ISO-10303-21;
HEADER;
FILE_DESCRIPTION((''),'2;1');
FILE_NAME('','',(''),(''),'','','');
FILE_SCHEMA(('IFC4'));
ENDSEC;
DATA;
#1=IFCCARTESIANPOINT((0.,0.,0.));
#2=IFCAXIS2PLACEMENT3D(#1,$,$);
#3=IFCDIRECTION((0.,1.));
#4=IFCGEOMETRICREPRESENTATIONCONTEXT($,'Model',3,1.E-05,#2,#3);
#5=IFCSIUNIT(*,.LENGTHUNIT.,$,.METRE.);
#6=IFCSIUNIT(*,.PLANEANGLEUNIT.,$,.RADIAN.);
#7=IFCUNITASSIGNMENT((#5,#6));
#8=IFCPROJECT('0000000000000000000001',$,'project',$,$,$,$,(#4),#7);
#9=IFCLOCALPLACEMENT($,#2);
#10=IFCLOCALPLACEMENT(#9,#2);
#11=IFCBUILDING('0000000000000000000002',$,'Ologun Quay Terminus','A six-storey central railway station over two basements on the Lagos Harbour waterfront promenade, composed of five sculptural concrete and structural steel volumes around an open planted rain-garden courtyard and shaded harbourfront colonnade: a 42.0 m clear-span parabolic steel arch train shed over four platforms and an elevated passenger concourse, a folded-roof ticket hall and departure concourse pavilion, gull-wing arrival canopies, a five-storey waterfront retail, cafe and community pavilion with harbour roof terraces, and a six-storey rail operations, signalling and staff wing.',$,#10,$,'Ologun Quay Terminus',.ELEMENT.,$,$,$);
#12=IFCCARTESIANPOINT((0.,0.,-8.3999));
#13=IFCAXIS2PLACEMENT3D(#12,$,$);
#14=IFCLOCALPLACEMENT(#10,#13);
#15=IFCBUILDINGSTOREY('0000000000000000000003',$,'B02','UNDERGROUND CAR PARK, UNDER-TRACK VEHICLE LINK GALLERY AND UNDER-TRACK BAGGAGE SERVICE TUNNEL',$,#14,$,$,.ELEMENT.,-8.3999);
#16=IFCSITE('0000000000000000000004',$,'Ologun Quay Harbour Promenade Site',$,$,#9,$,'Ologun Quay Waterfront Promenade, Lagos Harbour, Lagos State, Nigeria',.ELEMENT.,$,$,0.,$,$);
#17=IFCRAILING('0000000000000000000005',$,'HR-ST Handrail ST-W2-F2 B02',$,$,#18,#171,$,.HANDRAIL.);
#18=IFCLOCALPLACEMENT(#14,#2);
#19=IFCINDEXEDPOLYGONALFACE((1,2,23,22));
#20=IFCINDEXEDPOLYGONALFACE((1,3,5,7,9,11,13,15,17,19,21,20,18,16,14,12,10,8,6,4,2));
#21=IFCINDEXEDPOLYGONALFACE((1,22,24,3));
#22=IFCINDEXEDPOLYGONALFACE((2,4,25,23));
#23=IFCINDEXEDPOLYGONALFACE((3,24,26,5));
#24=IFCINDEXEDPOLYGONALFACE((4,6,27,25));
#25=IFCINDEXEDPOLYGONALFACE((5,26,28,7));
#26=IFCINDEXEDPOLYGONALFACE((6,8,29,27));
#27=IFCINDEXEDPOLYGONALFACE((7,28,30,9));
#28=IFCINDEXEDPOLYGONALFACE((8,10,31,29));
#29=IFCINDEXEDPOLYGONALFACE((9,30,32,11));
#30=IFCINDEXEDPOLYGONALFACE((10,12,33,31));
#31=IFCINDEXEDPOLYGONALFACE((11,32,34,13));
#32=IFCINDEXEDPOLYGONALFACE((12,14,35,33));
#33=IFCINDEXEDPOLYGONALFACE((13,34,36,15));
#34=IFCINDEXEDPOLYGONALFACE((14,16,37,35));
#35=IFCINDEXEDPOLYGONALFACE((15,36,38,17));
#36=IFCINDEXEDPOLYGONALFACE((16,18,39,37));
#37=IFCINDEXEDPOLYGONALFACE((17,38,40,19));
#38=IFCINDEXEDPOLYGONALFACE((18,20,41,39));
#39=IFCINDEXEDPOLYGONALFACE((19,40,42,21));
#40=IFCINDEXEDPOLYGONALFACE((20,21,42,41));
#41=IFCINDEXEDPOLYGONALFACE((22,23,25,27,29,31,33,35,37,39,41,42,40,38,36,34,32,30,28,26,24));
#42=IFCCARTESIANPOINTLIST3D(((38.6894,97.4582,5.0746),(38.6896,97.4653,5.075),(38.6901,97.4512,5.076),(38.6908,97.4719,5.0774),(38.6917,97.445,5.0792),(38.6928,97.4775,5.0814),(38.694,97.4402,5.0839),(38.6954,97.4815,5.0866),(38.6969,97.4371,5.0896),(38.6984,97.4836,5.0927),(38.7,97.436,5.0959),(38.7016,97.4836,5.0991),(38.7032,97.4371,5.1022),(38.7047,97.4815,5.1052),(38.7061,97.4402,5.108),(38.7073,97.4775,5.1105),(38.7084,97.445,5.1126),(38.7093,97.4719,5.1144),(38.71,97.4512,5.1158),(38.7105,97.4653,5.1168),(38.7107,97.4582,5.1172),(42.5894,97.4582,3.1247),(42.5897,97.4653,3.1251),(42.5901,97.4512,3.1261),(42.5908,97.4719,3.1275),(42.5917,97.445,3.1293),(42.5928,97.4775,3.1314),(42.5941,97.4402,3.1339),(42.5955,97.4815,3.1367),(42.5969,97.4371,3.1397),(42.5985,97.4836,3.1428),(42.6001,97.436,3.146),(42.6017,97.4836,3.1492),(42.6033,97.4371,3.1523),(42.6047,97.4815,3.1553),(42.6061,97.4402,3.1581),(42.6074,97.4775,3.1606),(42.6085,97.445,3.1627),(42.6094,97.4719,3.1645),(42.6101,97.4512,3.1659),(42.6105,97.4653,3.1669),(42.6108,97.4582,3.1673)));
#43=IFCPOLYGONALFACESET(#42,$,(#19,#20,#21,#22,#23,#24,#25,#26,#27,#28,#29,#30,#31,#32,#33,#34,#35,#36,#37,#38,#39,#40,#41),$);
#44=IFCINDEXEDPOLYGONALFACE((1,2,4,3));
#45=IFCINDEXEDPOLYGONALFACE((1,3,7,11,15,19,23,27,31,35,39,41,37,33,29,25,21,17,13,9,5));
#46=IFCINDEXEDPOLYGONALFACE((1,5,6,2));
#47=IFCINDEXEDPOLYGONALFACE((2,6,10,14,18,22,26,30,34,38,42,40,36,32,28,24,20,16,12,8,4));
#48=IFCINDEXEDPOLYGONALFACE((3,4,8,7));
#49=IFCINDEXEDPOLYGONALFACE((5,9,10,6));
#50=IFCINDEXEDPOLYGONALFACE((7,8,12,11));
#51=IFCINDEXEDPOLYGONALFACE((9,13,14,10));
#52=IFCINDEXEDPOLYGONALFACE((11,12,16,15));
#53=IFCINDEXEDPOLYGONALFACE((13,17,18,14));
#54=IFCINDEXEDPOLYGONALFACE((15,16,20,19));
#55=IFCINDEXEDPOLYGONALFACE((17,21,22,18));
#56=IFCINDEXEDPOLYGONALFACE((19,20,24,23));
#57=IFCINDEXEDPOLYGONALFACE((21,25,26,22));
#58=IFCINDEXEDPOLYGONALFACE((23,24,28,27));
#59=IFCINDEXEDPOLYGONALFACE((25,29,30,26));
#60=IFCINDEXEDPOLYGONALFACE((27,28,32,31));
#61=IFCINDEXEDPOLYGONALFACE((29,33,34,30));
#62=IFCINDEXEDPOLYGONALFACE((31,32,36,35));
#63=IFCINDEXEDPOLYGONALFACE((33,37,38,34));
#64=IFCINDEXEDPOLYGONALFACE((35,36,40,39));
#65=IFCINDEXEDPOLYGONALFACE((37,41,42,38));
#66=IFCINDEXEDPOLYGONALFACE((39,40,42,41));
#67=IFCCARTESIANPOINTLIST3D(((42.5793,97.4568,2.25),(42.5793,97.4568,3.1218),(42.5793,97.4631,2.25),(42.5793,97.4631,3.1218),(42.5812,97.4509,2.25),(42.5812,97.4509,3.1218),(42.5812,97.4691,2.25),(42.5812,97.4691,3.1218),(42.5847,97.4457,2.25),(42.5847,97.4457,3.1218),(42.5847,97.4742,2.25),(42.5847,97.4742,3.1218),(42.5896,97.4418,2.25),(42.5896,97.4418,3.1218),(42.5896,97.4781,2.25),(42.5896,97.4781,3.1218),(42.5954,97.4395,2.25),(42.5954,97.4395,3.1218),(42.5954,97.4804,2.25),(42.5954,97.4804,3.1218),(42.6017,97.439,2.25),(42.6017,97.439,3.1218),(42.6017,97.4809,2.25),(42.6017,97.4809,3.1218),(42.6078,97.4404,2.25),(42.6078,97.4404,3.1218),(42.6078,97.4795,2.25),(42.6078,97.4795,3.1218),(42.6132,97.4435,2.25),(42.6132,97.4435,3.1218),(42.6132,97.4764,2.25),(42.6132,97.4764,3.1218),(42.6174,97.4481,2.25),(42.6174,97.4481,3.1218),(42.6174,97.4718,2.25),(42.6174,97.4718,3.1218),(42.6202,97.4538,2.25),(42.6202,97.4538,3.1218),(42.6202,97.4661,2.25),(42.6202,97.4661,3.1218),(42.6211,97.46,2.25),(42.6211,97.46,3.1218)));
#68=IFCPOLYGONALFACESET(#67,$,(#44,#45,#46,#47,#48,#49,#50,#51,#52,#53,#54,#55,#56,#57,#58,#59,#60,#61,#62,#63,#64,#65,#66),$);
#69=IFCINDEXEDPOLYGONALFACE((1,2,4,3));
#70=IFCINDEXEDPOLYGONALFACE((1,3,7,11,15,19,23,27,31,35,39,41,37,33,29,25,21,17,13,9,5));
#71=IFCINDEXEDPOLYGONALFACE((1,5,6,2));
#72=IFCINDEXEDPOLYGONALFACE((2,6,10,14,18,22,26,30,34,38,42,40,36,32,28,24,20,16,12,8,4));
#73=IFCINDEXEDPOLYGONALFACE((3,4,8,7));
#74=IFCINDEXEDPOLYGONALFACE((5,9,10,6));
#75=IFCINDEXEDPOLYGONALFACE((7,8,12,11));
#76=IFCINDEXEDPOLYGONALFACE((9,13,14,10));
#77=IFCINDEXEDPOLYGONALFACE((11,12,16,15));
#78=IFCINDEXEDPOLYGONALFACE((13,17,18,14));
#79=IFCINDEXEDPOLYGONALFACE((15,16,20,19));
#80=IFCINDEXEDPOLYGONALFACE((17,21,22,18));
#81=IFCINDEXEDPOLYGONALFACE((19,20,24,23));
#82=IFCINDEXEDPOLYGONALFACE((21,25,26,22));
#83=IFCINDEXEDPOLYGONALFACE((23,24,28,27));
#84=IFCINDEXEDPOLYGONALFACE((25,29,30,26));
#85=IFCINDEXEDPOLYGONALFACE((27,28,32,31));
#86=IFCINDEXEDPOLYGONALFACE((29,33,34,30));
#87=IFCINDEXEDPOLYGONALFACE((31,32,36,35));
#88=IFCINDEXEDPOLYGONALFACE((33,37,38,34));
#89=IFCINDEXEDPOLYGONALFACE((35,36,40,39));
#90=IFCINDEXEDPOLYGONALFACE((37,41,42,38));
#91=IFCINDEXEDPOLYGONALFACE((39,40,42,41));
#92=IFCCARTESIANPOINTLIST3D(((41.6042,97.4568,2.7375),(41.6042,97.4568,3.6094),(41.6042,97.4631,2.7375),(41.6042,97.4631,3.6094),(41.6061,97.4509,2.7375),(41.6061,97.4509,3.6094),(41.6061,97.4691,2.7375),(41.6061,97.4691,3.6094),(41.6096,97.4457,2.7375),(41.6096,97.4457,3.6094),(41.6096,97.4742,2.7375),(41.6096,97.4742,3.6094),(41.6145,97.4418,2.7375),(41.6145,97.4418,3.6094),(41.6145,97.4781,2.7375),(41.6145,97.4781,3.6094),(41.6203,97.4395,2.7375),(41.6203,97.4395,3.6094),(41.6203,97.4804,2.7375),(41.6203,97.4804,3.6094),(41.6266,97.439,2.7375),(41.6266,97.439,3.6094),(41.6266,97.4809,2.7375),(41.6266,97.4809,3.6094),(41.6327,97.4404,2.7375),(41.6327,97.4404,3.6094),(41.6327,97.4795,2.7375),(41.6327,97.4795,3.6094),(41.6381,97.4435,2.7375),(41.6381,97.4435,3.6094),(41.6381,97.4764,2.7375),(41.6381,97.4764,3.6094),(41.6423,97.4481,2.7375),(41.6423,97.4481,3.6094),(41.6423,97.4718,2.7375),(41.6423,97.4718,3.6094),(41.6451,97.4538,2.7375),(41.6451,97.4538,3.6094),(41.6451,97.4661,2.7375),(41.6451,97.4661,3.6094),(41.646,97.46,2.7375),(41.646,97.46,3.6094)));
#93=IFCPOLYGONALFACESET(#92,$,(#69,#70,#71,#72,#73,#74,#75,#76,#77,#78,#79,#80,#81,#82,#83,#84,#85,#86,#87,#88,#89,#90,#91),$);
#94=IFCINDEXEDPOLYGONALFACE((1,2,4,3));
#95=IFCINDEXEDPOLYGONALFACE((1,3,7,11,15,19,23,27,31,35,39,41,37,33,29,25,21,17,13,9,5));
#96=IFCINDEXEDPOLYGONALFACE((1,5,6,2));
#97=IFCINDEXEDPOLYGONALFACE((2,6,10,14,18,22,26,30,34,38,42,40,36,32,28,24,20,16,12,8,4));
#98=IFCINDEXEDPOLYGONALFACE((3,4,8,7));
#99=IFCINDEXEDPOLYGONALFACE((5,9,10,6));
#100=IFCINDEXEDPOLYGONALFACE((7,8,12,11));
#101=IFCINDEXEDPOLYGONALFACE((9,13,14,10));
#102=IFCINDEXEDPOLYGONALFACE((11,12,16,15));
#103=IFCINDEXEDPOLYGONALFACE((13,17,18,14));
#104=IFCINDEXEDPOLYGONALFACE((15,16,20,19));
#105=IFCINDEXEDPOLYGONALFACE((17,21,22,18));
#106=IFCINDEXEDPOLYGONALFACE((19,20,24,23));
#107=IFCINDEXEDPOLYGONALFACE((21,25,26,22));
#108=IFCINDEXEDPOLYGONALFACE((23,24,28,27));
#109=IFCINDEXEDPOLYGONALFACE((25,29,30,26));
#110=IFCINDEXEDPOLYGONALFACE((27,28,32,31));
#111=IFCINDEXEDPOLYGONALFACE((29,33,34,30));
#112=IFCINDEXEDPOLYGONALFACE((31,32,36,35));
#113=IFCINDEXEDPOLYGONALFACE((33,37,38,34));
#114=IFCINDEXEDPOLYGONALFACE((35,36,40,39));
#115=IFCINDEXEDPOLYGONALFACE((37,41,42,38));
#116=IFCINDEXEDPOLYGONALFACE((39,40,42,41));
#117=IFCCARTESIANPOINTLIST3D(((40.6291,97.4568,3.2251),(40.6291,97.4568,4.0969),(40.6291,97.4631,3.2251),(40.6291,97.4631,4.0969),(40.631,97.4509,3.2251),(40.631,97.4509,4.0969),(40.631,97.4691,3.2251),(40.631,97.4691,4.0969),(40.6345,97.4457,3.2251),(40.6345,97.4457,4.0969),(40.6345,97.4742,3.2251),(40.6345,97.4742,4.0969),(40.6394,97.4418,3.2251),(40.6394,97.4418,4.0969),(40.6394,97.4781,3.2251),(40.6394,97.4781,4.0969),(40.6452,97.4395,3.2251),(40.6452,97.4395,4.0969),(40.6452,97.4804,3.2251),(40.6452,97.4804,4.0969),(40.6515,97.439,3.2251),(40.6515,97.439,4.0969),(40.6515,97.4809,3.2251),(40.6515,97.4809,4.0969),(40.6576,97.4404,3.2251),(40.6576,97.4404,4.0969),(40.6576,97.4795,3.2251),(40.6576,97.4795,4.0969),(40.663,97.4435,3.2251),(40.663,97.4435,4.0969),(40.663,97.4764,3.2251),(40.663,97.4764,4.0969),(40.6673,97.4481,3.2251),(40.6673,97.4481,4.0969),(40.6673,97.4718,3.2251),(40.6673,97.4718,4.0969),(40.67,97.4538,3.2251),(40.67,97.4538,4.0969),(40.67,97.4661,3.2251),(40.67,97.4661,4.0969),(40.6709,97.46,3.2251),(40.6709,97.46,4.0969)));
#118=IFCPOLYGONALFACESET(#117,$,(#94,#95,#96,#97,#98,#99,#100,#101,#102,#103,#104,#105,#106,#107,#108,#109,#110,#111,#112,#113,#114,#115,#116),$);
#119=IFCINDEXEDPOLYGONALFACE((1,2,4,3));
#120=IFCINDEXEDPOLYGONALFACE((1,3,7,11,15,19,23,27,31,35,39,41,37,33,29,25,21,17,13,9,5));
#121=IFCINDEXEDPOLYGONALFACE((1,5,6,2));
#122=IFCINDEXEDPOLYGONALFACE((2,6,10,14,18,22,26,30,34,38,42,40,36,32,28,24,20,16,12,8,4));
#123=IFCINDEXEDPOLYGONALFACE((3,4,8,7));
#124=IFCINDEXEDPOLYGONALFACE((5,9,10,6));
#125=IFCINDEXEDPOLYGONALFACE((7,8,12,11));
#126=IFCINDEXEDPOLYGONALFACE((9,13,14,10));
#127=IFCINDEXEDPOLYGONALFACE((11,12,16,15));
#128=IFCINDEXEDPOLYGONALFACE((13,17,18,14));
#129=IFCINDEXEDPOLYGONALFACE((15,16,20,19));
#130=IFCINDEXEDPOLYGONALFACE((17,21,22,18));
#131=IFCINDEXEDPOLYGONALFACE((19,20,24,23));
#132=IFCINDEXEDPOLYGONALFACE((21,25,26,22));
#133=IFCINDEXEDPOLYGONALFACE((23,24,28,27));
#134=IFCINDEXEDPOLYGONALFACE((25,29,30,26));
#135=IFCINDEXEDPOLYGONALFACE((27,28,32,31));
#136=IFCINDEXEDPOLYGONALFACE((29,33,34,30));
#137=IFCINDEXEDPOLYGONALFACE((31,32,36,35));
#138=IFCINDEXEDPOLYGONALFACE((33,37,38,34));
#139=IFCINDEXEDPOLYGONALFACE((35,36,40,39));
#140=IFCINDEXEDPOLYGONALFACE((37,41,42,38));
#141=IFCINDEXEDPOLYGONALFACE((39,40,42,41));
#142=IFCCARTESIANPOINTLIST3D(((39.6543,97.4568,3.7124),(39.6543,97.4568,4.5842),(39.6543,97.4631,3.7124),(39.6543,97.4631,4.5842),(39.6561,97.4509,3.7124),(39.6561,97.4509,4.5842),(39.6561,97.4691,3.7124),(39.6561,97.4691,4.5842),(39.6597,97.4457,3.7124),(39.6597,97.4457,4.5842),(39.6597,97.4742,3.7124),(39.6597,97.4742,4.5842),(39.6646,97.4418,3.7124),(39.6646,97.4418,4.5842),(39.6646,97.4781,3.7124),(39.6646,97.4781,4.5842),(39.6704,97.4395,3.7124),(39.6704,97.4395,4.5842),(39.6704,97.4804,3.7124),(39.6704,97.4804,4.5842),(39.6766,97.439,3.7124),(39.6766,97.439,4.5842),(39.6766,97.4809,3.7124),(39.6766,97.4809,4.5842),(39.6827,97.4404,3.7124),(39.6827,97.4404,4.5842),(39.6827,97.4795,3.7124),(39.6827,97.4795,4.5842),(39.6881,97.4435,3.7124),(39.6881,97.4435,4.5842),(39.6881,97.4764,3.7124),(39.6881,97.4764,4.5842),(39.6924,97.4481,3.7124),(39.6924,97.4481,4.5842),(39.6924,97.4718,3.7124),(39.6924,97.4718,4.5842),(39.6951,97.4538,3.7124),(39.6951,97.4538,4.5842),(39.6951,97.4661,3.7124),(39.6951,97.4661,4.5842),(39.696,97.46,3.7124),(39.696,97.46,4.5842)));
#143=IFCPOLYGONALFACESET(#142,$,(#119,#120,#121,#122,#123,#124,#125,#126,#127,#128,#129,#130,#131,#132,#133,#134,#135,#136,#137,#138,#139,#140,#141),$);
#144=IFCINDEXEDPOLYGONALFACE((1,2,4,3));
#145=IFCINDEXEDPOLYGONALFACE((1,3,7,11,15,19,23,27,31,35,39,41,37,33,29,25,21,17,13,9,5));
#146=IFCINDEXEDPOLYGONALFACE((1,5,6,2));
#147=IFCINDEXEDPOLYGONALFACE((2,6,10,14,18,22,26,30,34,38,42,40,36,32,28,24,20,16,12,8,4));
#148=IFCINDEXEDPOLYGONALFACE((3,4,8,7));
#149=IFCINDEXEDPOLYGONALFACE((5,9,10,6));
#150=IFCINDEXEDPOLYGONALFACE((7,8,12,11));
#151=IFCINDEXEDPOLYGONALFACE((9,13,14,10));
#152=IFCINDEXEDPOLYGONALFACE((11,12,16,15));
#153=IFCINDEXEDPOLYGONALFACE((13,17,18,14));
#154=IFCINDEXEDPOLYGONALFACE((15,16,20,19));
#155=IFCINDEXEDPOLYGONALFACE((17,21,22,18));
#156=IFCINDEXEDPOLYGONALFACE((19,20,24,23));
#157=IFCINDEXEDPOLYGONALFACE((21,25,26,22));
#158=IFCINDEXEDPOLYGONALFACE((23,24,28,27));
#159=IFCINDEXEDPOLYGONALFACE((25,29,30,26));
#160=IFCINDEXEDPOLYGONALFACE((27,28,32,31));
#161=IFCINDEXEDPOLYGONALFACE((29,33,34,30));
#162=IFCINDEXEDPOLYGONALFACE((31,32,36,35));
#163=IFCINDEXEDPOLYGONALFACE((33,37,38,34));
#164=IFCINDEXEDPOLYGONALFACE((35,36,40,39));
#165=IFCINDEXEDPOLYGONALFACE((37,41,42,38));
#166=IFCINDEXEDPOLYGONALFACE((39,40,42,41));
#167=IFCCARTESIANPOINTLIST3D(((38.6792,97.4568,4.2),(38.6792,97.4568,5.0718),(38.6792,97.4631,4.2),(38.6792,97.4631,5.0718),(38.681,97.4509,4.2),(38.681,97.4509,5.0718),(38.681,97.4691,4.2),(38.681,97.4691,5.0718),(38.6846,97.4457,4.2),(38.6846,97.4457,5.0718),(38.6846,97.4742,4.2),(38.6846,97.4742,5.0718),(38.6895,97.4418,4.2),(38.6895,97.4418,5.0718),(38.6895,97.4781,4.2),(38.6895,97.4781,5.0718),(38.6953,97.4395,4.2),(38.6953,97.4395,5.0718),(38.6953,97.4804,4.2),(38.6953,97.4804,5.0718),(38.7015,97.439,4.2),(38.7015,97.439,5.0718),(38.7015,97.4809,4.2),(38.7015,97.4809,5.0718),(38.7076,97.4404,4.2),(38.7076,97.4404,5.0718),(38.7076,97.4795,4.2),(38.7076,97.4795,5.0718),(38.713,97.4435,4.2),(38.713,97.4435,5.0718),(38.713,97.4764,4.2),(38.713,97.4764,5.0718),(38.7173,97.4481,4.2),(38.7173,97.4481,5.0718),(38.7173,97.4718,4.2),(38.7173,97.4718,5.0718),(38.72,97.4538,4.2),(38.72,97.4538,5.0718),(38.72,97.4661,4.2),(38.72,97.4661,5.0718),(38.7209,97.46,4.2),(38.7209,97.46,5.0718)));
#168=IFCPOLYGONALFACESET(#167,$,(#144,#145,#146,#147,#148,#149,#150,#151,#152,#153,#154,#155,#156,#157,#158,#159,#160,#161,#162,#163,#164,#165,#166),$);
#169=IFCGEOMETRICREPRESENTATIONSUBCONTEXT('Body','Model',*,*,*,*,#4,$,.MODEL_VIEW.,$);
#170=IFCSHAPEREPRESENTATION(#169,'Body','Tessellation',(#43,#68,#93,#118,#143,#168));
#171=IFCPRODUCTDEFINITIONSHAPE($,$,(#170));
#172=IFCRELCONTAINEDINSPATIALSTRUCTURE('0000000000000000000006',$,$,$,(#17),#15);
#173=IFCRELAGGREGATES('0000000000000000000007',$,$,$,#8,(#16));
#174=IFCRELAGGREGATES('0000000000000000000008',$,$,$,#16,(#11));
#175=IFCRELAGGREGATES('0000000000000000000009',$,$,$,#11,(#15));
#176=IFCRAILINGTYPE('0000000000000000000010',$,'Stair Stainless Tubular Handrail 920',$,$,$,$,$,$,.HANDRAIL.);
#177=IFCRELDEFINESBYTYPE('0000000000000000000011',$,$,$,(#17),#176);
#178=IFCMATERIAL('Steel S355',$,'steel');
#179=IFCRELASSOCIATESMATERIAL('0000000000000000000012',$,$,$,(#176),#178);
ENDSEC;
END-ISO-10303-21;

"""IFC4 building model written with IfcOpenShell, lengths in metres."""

from ifc_helpers import new_model, si_unit, direction, frame, origin, origin_2d, place, context, subcontext, project, spatial, circle, extrude, material, type_object, element, save


model = new_model("IFC4")

# Units and contexts
model_context = context("Model", 3, precision=1e-05, world=origin(), true_north=direction((0.0, 1.0)))
body_context = subcontext(model_context, "Body", "Model", "MODEL_VIEW")
ifc_project = project(units=[si_unit("LENGTHUNIT", "METRE"), si_unit("PLANEANGLEUNIT", "RADIAN")], contexts=[model_context])

# Site, building, storey
site_placement = place(None, origin())
site = spatial("IfcSite", under=ifc_project, at=site_placement, Name="Ologun Quay Harbour Promenade Site", LongName="Ologun Quay Waterfront Promenade, Lagos Harbour, Lagos State, Nigeria", CompositionType="ELEMENT", RefElevation=0.0)
building_placement = place(site_placement, origin())
building = spatial("IfcBuilding", under=site, at=building_placement, Name="Ologun Quay Terminus", Description="A six-storey central railway station over two basements on the Lagos Harbour waterfront promenade, composed of five sculptural concrete and structural steel volumes around an open planted rain-garden courtyard and shaded harbourfront colonnade: a 42.0 m clear-span parabolic steel arch train shed over four platforms and an elevated passenger concourse, a folded-roof ticket hall and departure concourse pavilion, gull-wing arrival canopies, a five-storey waterfront retail, cafe and community pavilion with harbour roof terraces, and a six-storey rail operations, signalling and staff wing.", LongName="Ologun Quay Terminus", CompositionType="ELEMENT")
storey_placement = place(building_placement, frame((0.0, 0.0, -8.3999)))
storey = spatial("IfcBuildingStorey", under=building, at=storey_placement, Name="B02", Description="UNDERGROUND CAR PARK, UNDER-TRACK VEHICLE LINK GALLERY AND UNDER-TRACK BAGGAGE SERVICE TUNNEL", CompositionType="ELEMENT", Elevation=-8.3999)

# Railing
ifc_material_1 = material(Name="Steel S355", Category="steel")
railing_type_1 = type_object("IfcRailingType", Name="Stair Stainless Tubular Handrail 920", PredefinedType="HANDRAIL", material=ifc_material_1)
railing_1_placement = place(storey_placement, frame((42.6001, 97.46, 2.25)))
element("IfcRailing", 1, at=railing_1_placement, inside=storey, type_object=railing_type_1, Name="HR-ST Handrail ST-W2-F2 B02", PredefinedType="HANDRAIL", context=body_context, shape_type="SweptSolid", body=[
    extrude(circle(Radius=0.0239, at=origin_2d()), frame((0.0, 0.0, 0.896), z_axis=(-0.894438, 0.0, 0.447191), x_axis=(0.0, -1.0, 0.0)), (0.0, 0.0, 1.0), 4.3604),
    extrude(circle(Radius=0.021, at=origin_2d()), origin(), (0.0, 0.0, 1.0), 0.8718),
    extrude(circle(Radius=0.021, at=origin_2d()), frame((-0.9751, 0.0, 0.4875)), (0.0, 0.0, 1.0), 0.8718),
    extrude(circle(Radius=0.021, at=origin_2d()), frame((-1.9502, 0.0, 0.9751)), (0.0, 0.0, 1.0), 0.8718),
    extrude(circle(Radius=0.021, at=origin_2d()), frame((-2.925, 0.0, 1.4624)), (0.0, 0.0, 1.0), 0.8718),
    extrude(circle(Radius=0.021, at=origin_2d()), frame((-3.9001, 0.0, 1.95)), (0.0, 0.0, 1.0), 0.8718),
])

save(model, "model.ifc")
